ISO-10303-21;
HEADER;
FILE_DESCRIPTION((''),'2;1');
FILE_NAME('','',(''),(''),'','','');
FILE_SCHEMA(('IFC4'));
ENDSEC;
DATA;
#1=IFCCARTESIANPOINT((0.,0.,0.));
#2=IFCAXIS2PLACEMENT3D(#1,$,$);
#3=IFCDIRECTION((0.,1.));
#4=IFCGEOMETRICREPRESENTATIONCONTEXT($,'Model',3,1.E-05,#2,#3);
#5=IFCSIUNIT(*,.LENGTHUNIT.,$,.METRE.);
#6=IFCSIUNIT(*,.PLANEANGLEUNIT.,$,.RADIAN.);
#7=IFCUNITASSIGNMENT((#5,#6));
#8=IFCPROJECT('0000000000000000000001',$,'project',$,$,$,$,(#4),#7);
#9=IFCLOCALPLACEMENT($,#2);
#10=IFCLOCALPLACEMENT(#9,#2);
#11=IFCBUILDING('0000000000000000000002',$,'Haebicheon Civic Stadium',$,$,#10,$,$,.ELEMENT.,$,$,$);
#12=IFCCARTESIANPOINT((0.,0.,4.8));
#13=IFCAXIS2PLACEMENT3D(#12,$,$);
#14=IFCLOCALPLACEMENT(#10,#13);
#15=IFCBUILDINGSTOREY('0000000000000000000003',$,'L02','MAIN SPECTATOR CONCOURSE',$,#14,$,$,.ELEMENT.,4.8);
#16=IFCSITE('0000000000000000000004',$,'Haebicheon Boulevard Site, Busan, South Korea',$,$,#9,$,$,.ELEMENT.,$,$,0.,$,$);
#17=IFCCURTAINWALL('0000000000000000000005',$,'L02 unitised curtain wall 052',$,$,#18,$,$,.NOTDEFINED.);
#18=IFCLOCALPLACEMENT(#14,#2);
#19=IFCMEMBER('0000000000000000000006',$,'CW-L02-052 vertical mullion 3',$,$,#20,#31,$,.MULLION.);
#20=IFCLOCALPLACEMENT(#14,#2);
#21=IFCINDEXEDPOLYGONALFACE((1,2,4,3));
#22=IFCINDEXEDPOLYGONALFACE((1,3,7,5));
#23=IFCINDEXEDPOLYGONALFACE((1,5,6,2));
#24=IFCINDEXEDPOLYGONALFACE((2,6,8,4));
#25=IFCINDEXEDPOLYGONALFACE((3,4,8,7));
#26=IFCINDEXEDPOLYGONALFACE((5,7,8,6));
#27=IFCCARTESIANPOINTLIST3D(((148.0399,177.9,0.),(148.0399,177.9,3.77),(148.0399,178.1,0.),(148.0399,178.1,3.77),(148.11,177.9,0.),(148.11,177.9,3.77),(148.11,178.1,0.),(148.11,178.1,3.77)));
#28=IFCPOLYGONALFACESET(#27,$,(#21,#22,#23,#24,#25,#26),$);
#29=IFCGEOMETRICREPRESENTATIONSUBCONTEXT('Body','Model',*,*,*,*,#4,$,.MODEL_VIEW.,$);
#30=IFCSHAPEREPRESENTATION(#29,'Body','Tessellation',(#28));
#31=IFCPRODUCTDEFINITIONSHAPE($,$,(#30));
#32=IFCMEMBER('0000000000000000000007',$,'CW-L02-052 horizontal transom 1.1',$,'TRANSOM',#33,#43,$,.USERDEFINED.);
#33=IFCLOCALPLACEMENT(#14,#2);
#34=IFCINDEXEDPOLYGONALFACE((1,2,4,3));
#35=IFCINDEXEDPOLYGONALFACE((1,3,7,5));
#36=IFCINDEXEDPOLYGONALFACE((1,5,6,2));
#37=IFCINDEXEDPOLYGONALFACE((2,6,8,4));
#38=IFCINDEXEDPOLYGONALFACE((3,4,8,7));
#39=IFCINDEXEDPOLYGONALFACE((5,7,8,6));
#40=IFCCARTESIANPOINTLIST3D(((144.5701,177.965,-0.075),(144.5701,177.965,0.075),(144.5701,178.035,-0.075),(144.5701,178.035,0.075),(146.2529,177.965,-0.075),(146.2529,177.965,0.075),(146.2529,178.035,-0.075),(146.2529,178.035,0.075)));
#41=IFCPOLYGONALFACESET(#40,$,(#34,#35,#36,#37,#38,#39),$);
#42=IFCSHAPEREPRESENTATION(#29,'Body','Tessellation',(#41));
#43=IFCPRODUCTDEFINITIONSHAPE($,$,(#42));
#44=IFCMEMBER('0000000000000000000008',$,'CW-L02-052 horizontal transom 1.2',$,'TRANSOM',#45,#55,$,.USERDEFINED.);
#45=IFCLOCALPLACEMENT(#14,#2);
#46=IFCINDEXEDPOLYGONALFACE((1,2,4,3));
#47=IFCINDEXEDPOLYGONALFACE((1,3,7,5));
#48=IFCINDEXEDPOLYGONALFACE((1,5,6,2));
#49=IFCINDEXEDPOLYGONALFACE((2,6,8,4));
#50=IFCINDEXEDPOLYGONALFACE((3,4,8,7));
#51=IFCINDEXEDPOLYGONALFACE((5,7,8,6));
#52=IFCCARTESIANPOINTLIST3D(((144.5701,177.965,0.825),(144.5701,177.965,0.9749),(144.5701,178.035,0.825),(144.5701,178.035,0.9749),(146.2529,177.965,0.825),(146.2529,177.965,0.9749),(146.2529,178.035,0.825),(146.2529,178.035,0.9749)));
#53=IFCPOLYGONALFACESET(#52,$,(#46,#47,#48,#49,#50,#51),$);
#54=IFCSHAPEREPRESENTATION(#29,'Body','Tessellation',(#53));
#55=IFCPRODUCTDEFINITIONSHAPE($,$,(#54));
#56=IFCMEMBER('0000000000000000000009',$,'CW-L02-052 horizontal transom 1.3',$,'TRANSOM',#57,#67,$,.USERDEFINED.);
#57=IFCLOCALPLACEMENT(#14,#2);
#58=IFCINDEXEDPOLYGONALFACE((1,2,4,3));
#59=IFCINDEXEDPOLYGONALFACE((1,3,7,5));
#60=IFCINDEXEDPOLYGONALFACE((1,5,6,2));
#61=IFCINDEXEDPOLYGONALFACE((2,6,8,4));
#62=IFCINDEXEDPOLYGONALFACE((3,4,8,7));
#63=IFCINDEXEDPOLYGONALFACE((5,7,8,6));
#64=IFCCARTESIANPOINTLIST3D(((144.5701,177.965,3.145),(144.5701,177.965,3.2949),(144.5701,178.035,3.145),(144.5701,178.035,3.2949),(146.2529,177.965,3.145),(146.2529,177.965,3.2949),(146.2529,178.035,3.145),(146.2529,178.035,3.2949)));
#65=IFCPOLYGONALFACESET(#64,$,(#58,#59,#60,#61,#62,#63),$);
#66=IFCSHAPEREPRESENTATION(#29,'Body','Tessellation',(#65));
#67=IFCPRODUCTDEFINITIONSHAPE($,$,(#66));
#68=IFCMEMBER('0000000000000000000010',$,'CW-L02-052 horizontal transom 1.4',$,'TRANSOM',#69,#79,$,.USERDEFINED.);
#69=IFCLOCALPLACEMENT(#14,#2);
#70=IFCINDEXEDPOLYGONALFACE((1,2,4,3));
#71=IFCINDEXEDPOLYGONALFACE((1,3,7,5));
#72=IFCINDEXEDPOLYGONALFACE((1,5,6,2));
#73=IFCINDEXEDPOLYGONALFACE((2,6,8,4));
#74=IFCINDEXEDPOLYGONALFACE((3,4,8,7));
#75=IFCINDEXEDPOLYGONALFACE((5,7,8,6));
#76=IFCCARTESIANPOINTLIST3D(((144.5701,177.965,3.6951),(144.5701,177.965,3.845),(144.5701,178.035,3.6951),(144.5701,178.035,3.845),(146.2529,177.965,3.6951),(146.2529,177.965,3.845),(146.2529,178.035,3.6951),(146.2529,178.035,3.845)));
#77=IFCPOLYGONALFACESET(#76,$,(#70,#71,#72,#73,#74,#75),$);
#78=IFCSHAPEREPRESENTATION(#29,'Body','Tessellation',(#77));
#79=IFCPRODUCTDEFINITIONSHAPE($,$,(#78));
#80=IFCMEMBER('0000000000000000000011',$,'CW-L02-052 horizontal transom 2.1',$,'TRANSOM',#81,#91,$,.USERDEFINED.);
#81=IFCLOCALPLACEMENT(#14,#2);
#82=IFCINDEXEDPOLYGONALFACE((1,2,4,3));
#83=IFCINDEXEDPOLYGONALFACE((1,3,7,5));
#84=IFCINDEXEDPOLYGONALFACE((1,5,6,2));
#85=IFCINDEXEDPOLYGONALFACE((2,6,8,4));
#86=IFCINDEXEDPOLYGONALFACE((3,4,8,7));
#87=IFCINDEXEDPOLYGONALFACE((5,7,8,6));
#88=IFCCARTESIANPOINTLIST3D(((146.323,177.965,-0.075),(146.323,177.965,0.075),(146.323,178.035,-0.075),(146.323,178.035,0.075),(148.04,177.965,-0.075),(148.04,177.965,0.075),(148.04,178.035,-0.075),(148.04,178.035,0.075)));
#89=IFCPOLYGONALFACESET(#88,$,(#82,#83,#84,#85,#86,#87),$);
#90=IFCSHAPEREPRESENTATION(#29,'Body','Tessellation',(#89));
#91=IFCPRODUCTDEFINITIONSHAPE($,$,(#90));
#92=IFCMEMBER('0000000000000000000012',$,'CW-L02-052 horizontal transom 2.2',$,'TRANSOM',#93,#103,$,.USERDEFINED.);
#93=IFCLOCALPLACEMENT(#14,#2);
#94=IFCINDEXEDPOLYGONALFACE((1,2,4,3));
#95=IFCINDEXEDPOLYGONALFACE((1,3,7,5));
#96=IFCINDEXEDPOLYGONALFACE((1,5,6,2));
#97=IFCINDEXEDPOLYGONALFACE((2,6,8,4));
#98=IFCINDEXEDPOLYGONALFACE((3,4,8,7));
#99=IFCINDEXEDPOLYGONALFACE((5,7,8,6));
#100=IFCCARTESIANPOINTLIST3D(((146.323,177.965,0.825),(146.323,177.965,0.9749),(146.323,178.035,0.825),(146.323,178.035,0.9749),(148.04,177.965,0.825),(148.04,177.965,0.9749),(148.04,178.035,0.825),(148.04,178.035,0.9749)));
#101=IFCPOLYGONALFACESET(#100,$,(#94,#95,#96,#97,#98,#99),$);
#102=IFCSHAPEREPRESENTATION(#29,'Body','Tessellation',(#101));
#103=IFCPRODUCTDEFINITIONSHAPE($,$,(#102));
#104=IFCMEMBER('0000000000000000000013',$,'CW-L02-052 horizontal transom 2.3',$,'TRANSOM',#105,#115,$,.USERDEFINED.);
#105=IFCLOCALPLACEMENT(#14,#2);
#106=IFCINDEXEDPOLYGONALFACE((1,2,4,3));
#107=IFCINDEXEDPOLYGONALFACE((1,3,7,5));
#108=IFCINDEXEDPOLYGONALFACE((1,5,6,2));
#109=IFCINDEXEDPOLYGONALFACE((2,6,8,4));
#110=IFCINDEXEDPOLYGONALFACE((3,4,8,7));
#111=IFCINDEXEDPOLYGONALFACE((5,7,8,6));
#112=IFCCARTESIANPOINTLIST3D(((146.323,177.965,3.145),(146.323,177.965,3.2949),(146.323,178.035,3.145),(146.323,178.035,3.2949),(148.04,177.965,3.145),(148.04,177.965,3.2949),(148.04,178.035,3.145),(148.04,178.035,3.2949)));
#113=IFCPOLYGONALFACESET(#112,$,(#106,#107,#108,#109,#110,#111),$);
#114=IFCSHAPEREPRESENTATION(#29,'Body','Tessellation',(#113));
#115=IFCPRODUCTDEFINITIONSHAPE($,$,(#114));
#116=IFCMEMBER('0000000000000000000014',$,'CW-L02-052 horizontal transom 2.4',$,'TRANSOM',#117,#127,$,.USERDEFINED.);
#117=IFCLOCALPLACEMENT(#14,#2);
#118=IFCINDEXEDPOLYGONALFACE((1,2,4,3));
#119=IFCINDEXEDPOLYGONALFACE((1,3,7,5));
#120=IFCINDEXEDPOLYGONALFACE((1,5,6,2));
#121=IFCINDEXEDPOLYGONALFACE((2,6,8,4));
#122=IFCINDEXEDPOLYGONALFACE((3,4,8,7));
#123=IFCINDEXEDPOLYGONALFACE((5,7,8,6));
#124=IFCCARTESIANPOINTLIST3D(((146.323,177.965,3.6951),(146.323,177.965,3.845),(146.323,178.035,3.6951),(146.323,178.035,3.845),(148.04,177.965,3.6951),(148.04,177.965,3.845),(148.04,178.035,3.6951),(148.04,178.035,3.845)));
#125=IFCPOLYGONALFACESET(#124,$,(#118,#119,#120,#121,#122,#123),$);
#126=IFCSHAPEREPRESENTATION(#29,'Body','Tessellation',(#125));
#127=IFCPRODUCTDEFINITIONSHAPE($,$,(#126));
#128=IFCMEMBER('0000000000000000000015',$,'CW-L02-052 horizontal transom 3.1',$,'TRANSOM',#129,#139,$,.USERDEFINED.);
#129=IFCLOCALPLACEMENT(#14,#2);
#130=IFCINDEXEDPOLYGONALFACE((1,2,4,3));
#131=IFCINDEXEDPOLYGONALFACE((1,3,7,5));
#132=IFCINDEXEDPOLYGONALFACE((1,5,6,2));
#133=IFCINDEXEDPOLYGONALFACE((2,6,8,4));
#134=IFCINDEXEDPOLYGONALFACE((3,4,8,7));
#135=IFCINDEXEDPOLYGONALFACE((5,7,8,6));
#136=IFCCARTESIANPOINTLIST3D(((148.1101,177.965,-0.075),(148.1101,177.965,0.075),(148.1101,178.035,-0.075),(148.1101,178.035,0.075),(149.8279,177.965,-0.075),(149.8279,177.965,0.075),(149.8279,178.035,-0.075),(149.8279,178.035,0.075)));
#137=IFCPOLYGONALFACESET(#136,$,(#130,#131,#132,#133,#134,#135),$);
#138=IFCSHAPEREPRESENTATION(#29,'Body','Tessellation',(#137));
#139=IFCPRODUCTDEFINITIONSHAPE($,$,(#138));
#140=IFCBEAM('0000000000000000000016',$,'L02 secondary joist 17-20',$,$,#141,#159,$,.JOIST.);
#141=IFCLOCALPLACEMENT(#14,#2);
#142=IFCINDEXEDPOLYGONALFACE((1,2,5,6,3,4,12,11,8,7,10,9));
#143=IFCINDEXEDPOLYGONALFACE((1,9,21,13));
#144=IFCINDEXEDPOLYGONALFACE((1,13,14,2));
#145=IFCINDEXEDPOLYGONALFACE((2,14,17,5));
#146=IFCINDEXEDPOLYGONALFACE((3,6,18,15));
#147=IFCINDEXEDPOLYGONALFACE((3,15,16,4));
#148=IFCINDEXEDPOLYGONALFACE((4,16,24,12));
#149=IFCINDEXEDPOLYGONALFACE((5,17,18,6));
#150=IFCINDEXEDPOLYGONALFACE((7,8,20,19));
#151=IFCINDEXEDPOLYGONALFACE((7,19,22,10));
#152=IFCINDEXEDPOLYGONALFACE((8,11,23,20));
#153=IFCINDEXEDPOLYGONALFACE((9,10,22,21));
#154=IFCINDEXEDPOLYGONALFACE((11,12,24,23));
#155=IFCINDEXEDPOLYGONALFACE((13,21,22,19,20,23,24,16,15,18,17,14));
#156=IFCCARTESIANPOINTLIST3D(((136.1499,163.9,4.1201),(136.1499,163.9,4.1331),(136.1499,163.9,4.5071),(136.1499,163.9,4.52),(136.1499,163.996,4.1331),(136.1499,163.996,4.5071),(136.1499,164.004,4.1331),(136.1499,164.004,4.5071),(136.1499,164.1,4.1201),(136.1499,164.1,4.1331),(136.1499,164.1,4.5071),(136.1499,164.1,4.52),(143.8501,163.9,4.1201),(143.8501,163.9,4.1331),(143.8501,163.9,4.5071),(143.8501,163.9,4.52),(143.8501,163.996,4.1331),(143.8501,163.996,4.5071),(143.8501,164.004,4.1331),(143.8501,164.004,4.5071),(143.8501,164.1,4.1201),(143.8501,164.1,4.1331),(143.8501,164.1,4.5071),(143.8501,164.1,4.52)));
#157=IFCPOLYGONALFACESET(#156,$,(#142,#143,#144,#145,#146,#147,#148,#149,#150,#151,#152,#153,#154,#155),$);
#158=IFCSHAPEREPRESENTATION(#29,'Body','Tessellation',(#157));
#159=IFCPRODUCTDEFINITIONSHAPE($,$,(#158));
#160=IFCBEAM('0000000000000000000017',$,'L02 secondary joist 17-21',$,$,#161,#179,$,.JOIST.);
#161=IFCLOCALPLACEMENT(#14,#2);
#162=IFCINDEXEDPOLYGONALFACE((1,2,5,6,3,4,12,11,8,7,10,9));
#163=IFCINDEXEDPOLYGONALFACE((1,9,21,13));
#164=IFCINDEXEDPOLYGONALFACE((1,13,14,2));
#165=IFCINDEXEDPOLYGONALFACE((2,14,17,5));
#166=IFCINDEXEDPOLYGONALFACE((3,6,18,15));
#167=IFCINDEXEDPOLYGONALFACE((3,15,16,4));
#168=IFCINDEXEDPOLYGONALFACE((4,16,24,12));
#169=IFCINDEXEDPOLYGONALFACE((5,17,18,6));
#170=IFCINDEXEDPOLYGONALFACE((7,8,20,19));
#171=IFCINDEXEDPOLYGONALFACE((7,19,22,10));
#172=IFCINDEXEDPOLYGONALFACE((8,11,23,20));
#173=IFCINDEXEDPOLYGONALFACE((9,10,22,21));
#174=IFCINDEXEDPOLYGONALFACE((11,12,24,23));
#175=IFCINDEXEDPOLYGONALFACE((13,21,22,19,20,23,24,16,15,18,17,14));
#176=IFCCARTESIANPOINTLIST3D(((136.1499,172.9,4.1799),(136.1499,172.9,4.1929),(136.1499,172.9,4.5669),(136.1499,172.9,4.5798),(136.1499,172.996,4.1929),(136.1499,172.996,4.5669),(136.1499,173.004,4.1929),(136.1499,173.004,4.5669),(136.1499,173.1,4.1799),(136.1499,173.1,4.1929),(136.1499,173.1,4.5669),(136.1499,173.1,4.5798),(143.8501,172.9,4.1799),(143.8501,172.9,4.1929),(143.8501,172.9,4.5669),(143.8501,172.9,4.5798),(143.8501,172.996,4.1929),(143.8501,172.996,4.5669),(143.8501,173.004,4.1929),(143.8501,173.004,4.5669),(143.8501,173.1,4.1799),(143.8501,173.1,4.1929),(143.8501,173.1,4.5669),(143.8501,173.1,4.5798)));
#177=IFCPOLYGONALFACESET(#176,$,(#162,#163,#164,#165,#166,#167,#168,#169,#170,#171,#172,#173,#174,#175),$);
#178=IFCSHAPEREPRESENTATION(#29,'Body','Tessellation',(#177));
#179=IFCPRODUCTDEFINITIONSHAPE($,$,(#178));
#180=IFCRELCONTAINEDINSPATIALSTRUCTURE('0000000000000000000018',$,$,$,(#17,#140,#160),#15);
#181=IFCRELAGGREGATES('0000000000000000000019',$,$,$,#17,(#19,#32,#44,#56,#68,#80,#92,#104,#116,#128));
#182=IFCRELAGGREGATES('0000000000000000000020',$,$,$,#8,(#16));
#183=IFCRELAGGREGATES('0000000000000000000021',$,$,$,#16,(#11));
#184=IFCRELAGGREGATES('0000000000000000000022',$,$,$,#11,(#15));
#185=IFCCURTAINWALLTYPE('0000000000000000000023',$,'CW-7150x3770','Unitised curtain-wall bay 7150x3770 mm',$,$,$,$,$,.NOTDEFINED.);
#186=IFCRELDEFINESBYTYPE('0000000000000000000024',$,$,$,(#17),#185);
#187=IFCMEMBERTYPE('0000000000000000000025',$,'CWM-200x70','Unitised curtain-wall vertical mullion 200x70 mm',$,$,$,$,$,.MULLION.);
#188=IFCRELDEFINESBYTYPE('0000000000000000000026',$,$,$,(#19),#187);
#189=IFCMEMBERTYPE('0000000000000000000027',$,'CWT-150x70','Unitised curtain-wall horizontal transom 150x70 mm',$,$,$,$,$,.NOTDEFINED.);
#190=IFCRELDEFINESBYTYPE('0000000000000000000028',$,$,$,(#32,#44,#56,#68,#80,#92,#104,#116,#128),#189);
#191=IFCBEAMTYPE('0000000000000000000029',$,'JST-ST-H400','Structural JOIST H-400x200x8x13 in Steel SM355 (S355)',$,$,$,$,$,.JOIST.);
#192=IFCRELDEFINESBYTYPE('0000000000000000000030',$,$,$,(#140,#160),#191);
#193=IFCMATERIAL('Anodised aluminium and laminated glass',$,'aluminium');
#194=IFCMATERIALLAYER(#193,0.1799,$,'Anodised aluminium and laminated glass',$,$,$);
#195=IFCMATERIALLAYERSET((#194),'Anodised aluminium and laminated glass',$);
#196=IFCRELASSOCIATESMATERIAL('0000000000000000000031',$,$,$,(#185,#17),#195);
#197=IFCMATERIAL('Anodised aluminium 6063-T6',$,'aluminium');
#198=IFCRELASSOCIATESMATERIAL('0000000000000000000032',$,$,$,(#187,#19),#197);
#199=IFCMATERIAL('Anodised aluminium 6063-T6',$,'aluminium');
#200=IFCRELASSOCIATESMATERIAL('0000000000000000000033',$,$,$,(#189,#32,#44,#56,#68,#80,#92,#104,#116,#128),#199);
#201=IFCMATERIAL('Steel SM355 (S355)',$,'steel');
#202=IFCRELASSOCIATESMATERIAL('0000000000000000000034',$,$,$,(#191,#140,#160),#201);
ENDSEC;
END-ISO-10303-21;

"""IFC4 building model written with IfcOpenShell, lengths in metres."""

from ifc_helpers import new_model, si_unit, direction, frame, origin, origin_2d, place, context, subcontext, project, spatial, rectangle, i_section, extrude, material, layer, layer_set, material_profile, profile_set, type_object, element, aggregate, save


model = new_model("IFC4")

# Units and contexts
model_context = context("Model", 3, precision=1e-05, world=origin(), true_north=direction((0.0, 1.0)))
body_context = subcontext(model_context, "Body", "Model", "MODEL_VIEW")
ifc_project = project(units=[si_unit("LENGTHUNIT", "METRE"), si_unit("PLANEANGLEUNIT", "RADIAN")], contexts=[model_context])

# Site, building, storey
site_placement = place(None, origin())
site = spatial("IfcSite", under=ifc_project, at=site_placement, Name="Haebicheon Boulevard Site, Busan, South Korea", CompositionType="ELEMENT", RefElevation=0.0)
building_placement = place(site_placement, origin())
building = spatial("IfcBuilding", under=site, at=building_placement, Name="Haebicheon Civic Stadium", CompositionType="ELEMENT")
storey_placement = place(building_placement, frame((0.0, 0.0, 4.8)))
storey = spatial("IfcBuildingStorey", under=building, at=storey_placement, Name="L02", Description="MAIN SPECTATOR CONCOURSE", CompositionType="ELEMENT", Elevation=4.8)

# Curtain wall, members
ifc_material_1 = material(Name="Anodised aluminium and laminated glass", Category="aluminium")
ifc_layer_1 = layer(ifc_material_1, 0.1799, Name="Anodised aluminium and laminated glass")
ifc_layer_set_1 = layer_set([ifc_layer_1], Name="Anodised aluminium and laminated glass")
curtain_wall_type = type_object("IfcCurtainWallType", Name="CW-7150x3770", Description="Unitised curtain-wall bay 7150x3770 mm", PredefinedType="NOTDEFINED", material=ifc_layer_set_1)
curtain_wall_placement = place(storey_placement, origin())
curtain_wall = element("IfcCurtainWall", 1, at=curtain_wall_placement, inside=storey, type_object=curtain_wall_type, material=ifc_layer_set_1, Name="L02 unitised curtain wall 052", PredefinedType="NOTDEFINED")
ifc_material_2 = material(Name="Anodised aluminium 6063-T6", Category="aluminium")
ifc_material_profile_1 = material_profile(ifc_material_2, rectangle(XDim=0.0701, YDim=0.2, at=origin_2d()), Name="ALU-MULL-70x200")
ifc_profile_set_1 = profile_set([ifc_material_profile_1], Name="Anodised aluminium 6063-T6")
member_type_1 = type_object("IfcMemberType", Name="CWM-200x70", Description="Unitised curtain-wall vertical mullion 200x70 mm", PredefinedType="MULLION", material=ifc_profile_set_1)
member_1_placement = place(storey_placement, frame((148.075, 178.0, 0.0), z_axis=(0.0, 0.0, 1.0), x_axis=(1.0, 0.0, 0.0)))
member_1 = element("IfcMember", 2, at=member_1_placement, type_object=member_type_1, material=ifc_profile_set_1, Name="CW-L02-052 vertical mullion 3", PredefinedType="MULLION", context=body_context, shape_type="SweptSolid", body=[
    extrude(rectangle(XDim=0.0701, YDim=0.2, at=origin_2d()), origin(), (0.0, 0.0, 1.0), 3.77),
])
ifc_material_3 = material(Name="Anodised aluminium 6063-T6", Category="aluminium")
ifc_material_profile_2 = material_profile(ifc_material_3, rectangle(XDim=0.0701, YDim=0.1499, at=origin_2d()), Name="ALU-TRAN-70x150")
ifc_profile_set_2 = profile_set([ifc_material_profile_2], Name="Anodised aluminium 6063-T6")
member_type_2 = type_object("IfcMemberType", Name="CWT-150x70", Description="Unitised curtain-wall horizontal transom 150x70 mm", PredefinedType="NOTDEFINED", material=ifc_profile_set_2)
member_2_placement = place(storey_placement, frame((144.5701, 178.0, 0.0), z_axis=(1.0, 0.0, 0.0), x_axis=(0.0, 1.0, 0.0)))
member_2 = element("IfcMember", 3, at=member_2_placement, type_object=member_type_2, material=ifc_profile_set_2, Name="CW-L02-052 horizontal transom 1.1", ObjectType="TRANSOM", PredefinedType="USERDEFINED", context=body_context, shape_type="SweptSolid", body=[
    extrude(rectangle(XDim=0.0701, YDim=0.1499, at=origin_2d()), origin(), (0.0, 0.0, 1.0), 1.6829),
])
member_3_placement = place(storey_placement, frame((144.5701, 178.0, 0.8999), z_axis=(1.0, 0.0, 0.0), x_axis=(0.0, 1.0, 0.0)))
member_3 = element("IfcMember", 4, at=member_3_placement, type_object=member_type_2, material=ifc_profile_set_2, Name="CW-L02-052 horizontal transom 1.2", ObjectType="TRANSOM", PredefinedType="USERDEFINED", context=body_context, shape_type="SweptSolid", body=[
    extrude(rectangle(XDim=0.0701, YDim=0.1499, at=origin_2d()), origin(), (0.0, 0.0, 1.0), 1.6829),
])
member_4_placement = place(storey_placement, frame((144.5701, 178.0, 3.22), z_axis=(1.0, 0.0, 0.0), x_axis=(0.0, 1.0, 0.0)))
member_4 = element("IfcMember", 5, at=member_4_placement, type_object=member_type_2, material=ifc_profile_set_2, Name="CW-L02-052 horizontal transom 1.3", ObjectType="TRANSOM", PredefinedType="USERDEFINED", context=body_context, shape_type="SweptSolid", body=[
    extrude(rectangle(XDim=0.0701, YDim=0.1499, at=origin_2d()), origin(), (0.0, 0.0, 1.0), 1.6829),
])
member_5_placement = place(storey_placement, frame((144.5701, 178.0, 3.77), z_axis=(1.0, 0.0, 0.0), x_axis=(0.0, 1.0, 0.0)))
member_5 = element("IfcMember", 6, at=member_5_placement, type_object=member_type_2, material=ifc_profile_set_2, Name="CW-L02-052 horizontal transom 1.4", ObjectType="TRANSOM", PredefinedType="USERDEFINED", context=body_context, shape_type="SweptSolid", body=[
    extrude(rectangle(XDim=0.0701, YDim=0.1499, at=origin_2d()), origin(), (0.0, 0.0, 1.0), 1.6829),
])
member_6_placement = place(storey_placement, frame((146.323, 178.0, 0.0), z_axis=(1.0, 0.0, 0.0), x_axis=(0.0, 1.0, 0.0)))
member_6 = element("IfcMember", 7, at=member_6_placement, type_object=member_type_2, material=ifc_profile_set_2, Name="CW-L02-052 horizontal transom 2.1", ObjectType="TRANSOM", PredefinedType="USERDEFINED", context=body_context, shape_type="SweptSolid", body=[
    extrude(rectangle(XDim=0.0701, YDim=0.1499, at=origin_2d()), origin(), (0.0, 0.0, 1.0), 1.717),
])
member_7_placement = place(storey_placement, frame((146.323, 178.0, 0.8999), z_axis=(1.0, 0.0, 0.0), x_axis=(0.0, 1.0, 0.0)))
member_7 = element("IfcMember", 8, at=member_7_placement, type_object=member_type_2, material=ifc_profile_set_2, Name="CW-L02-052 horizontal transom 2.2", ObjectType="TRANSOM", PredefinedType="USERDEFINED", context=body_context, shape_type="SweptSolid", body=[
    extrude(rectangle(XDim=0.0701, YDim=0.1499, at=origin_2d()), origin(), (0.0, 0.0, 1.0), 1.717),
])
member_8_placement = place(storey_placement, frame((146.323, 178.0, 3.22), z_axis=(1.0, 0.0, 0.0), x_axis=(0.0, 1.0, 0.0)))
member_8 = element("IfcMember", 9, at=member_8_placement, type_object=member_type_2, material=ifc_profile_set_2, Name="CW-L02-052 horizontal transom 2.3", ObjectType="TRANSOM", PredefinedType="USERDEFINED", context=body_context, shape_type="SweptSolid", body=[
    extrude(rectangle(XDim=0.0701, YDim=0.1499, at=origin_2d()), origin(), (0.0, 0.0, 1.0), 1.717),
])
member_9_placement = place(storey_placement, frame((146.323, 178.0, 3.77), z_axis=(1.0, 0.0, 0.0), x_axis=(0.0, 1.0, 0.0)))
member_9 = element("IfcMember", 10, at=member_9_placement, type_object=member_type_2, material=ifc_profile_set_2, Name="CW-L02-052 horizontal transom 2.4", ObjectType="TRANSOM", PredefinedType="USERDEFINED", context=body_context, shape_type="SweptSolid", body=[
    extrude(rectangle(XDim=0.0701, YDim=0.1499, at=origin_2d()), origin(), (0.0, 0.0, 1.0), 1.717),
])
member_10_placement = place(storey_placement, frame((148.1101, 178.0, 0.0), z_axis=(1.0, 0.0, 0.0), x_axis=(0.0, 1.0, 0.0)))
member_10 = element("IfcMember", 11, at=member_10_placement, type_object=member_type_2, material=ifc_profile_set_2, Name="CW-L02-052 horizontal transom 3.1", ObjectType="TRANSOM", PredefinedType="USERDEFINED", context=body_context, shape_type="SweptSolid", body=[
    extrude(rectangle(XDim=0.0701, YDim=0.1499, at=origin_2d()), origin(), (0.0, 0.0, 1.0), 1.7178),
])

# Beams
ifc_material_4 = material(Name="Steel SM355 (S355)", Category="steel")
ifc_material_profile_3 = material_profile(ifc_material_4, i_section(OverallWidth=0.2, OverallDepth=0.3999, WebThickness=0.0081, FlangeThickness=0.0129, at=origin_2d()), Name="H-400x200x8x13")
ifc_profile_set_3 = profile_set([ifc_material_profile_3], Name="Steel SM355 (S355)")
beam_type_1 = type_object("IfcBeamType", Name="JST-ST-H400", Description="Structural JOIST H-400x200x8x13 in Steel SM355 (S355)", PredefinedType="JOIST", material=ifc_profile_set_3)
for number, where, z_axis, x_axis, name in (
    (12, (136.1499, 164.0, 4.3201), (1.0, 0.0, 0.0), (0.0, 1.0, 0.0), "L02 secondary joist 17-20"),
    (13, (136.1499, 173.0, 4.3799), (1.0, 0.0, 0.0), (0.0, 1.0, 0.0), "L02 secondary joist 17-21"),
):
    element("IfcBeam", number, at=place(storey_placement, frame(where, z_axis=z_axis, x_axis=x_axis)), inside=storey, type_object=beam_type_1, material=ifc_profile_set_3, Name=name, PredefinedType="JOIST", context=body_context, shape_type="SweptSolid", body=[
        extrude(i_section(OverallWidth=0.2, OverallDepth=0.3999, WebThickness=0.0081, FlangeThickness=0.0129, at=origin_2d()), origin(), (0.0, 0.0, 1.0), 7.7002),
    ])

aggregate(curtain_wall, [member_1, member_2, member_3, member_4, member_5, member_6, member_7, member_8, member_9, member_10])

save(model, "model.ifc")
